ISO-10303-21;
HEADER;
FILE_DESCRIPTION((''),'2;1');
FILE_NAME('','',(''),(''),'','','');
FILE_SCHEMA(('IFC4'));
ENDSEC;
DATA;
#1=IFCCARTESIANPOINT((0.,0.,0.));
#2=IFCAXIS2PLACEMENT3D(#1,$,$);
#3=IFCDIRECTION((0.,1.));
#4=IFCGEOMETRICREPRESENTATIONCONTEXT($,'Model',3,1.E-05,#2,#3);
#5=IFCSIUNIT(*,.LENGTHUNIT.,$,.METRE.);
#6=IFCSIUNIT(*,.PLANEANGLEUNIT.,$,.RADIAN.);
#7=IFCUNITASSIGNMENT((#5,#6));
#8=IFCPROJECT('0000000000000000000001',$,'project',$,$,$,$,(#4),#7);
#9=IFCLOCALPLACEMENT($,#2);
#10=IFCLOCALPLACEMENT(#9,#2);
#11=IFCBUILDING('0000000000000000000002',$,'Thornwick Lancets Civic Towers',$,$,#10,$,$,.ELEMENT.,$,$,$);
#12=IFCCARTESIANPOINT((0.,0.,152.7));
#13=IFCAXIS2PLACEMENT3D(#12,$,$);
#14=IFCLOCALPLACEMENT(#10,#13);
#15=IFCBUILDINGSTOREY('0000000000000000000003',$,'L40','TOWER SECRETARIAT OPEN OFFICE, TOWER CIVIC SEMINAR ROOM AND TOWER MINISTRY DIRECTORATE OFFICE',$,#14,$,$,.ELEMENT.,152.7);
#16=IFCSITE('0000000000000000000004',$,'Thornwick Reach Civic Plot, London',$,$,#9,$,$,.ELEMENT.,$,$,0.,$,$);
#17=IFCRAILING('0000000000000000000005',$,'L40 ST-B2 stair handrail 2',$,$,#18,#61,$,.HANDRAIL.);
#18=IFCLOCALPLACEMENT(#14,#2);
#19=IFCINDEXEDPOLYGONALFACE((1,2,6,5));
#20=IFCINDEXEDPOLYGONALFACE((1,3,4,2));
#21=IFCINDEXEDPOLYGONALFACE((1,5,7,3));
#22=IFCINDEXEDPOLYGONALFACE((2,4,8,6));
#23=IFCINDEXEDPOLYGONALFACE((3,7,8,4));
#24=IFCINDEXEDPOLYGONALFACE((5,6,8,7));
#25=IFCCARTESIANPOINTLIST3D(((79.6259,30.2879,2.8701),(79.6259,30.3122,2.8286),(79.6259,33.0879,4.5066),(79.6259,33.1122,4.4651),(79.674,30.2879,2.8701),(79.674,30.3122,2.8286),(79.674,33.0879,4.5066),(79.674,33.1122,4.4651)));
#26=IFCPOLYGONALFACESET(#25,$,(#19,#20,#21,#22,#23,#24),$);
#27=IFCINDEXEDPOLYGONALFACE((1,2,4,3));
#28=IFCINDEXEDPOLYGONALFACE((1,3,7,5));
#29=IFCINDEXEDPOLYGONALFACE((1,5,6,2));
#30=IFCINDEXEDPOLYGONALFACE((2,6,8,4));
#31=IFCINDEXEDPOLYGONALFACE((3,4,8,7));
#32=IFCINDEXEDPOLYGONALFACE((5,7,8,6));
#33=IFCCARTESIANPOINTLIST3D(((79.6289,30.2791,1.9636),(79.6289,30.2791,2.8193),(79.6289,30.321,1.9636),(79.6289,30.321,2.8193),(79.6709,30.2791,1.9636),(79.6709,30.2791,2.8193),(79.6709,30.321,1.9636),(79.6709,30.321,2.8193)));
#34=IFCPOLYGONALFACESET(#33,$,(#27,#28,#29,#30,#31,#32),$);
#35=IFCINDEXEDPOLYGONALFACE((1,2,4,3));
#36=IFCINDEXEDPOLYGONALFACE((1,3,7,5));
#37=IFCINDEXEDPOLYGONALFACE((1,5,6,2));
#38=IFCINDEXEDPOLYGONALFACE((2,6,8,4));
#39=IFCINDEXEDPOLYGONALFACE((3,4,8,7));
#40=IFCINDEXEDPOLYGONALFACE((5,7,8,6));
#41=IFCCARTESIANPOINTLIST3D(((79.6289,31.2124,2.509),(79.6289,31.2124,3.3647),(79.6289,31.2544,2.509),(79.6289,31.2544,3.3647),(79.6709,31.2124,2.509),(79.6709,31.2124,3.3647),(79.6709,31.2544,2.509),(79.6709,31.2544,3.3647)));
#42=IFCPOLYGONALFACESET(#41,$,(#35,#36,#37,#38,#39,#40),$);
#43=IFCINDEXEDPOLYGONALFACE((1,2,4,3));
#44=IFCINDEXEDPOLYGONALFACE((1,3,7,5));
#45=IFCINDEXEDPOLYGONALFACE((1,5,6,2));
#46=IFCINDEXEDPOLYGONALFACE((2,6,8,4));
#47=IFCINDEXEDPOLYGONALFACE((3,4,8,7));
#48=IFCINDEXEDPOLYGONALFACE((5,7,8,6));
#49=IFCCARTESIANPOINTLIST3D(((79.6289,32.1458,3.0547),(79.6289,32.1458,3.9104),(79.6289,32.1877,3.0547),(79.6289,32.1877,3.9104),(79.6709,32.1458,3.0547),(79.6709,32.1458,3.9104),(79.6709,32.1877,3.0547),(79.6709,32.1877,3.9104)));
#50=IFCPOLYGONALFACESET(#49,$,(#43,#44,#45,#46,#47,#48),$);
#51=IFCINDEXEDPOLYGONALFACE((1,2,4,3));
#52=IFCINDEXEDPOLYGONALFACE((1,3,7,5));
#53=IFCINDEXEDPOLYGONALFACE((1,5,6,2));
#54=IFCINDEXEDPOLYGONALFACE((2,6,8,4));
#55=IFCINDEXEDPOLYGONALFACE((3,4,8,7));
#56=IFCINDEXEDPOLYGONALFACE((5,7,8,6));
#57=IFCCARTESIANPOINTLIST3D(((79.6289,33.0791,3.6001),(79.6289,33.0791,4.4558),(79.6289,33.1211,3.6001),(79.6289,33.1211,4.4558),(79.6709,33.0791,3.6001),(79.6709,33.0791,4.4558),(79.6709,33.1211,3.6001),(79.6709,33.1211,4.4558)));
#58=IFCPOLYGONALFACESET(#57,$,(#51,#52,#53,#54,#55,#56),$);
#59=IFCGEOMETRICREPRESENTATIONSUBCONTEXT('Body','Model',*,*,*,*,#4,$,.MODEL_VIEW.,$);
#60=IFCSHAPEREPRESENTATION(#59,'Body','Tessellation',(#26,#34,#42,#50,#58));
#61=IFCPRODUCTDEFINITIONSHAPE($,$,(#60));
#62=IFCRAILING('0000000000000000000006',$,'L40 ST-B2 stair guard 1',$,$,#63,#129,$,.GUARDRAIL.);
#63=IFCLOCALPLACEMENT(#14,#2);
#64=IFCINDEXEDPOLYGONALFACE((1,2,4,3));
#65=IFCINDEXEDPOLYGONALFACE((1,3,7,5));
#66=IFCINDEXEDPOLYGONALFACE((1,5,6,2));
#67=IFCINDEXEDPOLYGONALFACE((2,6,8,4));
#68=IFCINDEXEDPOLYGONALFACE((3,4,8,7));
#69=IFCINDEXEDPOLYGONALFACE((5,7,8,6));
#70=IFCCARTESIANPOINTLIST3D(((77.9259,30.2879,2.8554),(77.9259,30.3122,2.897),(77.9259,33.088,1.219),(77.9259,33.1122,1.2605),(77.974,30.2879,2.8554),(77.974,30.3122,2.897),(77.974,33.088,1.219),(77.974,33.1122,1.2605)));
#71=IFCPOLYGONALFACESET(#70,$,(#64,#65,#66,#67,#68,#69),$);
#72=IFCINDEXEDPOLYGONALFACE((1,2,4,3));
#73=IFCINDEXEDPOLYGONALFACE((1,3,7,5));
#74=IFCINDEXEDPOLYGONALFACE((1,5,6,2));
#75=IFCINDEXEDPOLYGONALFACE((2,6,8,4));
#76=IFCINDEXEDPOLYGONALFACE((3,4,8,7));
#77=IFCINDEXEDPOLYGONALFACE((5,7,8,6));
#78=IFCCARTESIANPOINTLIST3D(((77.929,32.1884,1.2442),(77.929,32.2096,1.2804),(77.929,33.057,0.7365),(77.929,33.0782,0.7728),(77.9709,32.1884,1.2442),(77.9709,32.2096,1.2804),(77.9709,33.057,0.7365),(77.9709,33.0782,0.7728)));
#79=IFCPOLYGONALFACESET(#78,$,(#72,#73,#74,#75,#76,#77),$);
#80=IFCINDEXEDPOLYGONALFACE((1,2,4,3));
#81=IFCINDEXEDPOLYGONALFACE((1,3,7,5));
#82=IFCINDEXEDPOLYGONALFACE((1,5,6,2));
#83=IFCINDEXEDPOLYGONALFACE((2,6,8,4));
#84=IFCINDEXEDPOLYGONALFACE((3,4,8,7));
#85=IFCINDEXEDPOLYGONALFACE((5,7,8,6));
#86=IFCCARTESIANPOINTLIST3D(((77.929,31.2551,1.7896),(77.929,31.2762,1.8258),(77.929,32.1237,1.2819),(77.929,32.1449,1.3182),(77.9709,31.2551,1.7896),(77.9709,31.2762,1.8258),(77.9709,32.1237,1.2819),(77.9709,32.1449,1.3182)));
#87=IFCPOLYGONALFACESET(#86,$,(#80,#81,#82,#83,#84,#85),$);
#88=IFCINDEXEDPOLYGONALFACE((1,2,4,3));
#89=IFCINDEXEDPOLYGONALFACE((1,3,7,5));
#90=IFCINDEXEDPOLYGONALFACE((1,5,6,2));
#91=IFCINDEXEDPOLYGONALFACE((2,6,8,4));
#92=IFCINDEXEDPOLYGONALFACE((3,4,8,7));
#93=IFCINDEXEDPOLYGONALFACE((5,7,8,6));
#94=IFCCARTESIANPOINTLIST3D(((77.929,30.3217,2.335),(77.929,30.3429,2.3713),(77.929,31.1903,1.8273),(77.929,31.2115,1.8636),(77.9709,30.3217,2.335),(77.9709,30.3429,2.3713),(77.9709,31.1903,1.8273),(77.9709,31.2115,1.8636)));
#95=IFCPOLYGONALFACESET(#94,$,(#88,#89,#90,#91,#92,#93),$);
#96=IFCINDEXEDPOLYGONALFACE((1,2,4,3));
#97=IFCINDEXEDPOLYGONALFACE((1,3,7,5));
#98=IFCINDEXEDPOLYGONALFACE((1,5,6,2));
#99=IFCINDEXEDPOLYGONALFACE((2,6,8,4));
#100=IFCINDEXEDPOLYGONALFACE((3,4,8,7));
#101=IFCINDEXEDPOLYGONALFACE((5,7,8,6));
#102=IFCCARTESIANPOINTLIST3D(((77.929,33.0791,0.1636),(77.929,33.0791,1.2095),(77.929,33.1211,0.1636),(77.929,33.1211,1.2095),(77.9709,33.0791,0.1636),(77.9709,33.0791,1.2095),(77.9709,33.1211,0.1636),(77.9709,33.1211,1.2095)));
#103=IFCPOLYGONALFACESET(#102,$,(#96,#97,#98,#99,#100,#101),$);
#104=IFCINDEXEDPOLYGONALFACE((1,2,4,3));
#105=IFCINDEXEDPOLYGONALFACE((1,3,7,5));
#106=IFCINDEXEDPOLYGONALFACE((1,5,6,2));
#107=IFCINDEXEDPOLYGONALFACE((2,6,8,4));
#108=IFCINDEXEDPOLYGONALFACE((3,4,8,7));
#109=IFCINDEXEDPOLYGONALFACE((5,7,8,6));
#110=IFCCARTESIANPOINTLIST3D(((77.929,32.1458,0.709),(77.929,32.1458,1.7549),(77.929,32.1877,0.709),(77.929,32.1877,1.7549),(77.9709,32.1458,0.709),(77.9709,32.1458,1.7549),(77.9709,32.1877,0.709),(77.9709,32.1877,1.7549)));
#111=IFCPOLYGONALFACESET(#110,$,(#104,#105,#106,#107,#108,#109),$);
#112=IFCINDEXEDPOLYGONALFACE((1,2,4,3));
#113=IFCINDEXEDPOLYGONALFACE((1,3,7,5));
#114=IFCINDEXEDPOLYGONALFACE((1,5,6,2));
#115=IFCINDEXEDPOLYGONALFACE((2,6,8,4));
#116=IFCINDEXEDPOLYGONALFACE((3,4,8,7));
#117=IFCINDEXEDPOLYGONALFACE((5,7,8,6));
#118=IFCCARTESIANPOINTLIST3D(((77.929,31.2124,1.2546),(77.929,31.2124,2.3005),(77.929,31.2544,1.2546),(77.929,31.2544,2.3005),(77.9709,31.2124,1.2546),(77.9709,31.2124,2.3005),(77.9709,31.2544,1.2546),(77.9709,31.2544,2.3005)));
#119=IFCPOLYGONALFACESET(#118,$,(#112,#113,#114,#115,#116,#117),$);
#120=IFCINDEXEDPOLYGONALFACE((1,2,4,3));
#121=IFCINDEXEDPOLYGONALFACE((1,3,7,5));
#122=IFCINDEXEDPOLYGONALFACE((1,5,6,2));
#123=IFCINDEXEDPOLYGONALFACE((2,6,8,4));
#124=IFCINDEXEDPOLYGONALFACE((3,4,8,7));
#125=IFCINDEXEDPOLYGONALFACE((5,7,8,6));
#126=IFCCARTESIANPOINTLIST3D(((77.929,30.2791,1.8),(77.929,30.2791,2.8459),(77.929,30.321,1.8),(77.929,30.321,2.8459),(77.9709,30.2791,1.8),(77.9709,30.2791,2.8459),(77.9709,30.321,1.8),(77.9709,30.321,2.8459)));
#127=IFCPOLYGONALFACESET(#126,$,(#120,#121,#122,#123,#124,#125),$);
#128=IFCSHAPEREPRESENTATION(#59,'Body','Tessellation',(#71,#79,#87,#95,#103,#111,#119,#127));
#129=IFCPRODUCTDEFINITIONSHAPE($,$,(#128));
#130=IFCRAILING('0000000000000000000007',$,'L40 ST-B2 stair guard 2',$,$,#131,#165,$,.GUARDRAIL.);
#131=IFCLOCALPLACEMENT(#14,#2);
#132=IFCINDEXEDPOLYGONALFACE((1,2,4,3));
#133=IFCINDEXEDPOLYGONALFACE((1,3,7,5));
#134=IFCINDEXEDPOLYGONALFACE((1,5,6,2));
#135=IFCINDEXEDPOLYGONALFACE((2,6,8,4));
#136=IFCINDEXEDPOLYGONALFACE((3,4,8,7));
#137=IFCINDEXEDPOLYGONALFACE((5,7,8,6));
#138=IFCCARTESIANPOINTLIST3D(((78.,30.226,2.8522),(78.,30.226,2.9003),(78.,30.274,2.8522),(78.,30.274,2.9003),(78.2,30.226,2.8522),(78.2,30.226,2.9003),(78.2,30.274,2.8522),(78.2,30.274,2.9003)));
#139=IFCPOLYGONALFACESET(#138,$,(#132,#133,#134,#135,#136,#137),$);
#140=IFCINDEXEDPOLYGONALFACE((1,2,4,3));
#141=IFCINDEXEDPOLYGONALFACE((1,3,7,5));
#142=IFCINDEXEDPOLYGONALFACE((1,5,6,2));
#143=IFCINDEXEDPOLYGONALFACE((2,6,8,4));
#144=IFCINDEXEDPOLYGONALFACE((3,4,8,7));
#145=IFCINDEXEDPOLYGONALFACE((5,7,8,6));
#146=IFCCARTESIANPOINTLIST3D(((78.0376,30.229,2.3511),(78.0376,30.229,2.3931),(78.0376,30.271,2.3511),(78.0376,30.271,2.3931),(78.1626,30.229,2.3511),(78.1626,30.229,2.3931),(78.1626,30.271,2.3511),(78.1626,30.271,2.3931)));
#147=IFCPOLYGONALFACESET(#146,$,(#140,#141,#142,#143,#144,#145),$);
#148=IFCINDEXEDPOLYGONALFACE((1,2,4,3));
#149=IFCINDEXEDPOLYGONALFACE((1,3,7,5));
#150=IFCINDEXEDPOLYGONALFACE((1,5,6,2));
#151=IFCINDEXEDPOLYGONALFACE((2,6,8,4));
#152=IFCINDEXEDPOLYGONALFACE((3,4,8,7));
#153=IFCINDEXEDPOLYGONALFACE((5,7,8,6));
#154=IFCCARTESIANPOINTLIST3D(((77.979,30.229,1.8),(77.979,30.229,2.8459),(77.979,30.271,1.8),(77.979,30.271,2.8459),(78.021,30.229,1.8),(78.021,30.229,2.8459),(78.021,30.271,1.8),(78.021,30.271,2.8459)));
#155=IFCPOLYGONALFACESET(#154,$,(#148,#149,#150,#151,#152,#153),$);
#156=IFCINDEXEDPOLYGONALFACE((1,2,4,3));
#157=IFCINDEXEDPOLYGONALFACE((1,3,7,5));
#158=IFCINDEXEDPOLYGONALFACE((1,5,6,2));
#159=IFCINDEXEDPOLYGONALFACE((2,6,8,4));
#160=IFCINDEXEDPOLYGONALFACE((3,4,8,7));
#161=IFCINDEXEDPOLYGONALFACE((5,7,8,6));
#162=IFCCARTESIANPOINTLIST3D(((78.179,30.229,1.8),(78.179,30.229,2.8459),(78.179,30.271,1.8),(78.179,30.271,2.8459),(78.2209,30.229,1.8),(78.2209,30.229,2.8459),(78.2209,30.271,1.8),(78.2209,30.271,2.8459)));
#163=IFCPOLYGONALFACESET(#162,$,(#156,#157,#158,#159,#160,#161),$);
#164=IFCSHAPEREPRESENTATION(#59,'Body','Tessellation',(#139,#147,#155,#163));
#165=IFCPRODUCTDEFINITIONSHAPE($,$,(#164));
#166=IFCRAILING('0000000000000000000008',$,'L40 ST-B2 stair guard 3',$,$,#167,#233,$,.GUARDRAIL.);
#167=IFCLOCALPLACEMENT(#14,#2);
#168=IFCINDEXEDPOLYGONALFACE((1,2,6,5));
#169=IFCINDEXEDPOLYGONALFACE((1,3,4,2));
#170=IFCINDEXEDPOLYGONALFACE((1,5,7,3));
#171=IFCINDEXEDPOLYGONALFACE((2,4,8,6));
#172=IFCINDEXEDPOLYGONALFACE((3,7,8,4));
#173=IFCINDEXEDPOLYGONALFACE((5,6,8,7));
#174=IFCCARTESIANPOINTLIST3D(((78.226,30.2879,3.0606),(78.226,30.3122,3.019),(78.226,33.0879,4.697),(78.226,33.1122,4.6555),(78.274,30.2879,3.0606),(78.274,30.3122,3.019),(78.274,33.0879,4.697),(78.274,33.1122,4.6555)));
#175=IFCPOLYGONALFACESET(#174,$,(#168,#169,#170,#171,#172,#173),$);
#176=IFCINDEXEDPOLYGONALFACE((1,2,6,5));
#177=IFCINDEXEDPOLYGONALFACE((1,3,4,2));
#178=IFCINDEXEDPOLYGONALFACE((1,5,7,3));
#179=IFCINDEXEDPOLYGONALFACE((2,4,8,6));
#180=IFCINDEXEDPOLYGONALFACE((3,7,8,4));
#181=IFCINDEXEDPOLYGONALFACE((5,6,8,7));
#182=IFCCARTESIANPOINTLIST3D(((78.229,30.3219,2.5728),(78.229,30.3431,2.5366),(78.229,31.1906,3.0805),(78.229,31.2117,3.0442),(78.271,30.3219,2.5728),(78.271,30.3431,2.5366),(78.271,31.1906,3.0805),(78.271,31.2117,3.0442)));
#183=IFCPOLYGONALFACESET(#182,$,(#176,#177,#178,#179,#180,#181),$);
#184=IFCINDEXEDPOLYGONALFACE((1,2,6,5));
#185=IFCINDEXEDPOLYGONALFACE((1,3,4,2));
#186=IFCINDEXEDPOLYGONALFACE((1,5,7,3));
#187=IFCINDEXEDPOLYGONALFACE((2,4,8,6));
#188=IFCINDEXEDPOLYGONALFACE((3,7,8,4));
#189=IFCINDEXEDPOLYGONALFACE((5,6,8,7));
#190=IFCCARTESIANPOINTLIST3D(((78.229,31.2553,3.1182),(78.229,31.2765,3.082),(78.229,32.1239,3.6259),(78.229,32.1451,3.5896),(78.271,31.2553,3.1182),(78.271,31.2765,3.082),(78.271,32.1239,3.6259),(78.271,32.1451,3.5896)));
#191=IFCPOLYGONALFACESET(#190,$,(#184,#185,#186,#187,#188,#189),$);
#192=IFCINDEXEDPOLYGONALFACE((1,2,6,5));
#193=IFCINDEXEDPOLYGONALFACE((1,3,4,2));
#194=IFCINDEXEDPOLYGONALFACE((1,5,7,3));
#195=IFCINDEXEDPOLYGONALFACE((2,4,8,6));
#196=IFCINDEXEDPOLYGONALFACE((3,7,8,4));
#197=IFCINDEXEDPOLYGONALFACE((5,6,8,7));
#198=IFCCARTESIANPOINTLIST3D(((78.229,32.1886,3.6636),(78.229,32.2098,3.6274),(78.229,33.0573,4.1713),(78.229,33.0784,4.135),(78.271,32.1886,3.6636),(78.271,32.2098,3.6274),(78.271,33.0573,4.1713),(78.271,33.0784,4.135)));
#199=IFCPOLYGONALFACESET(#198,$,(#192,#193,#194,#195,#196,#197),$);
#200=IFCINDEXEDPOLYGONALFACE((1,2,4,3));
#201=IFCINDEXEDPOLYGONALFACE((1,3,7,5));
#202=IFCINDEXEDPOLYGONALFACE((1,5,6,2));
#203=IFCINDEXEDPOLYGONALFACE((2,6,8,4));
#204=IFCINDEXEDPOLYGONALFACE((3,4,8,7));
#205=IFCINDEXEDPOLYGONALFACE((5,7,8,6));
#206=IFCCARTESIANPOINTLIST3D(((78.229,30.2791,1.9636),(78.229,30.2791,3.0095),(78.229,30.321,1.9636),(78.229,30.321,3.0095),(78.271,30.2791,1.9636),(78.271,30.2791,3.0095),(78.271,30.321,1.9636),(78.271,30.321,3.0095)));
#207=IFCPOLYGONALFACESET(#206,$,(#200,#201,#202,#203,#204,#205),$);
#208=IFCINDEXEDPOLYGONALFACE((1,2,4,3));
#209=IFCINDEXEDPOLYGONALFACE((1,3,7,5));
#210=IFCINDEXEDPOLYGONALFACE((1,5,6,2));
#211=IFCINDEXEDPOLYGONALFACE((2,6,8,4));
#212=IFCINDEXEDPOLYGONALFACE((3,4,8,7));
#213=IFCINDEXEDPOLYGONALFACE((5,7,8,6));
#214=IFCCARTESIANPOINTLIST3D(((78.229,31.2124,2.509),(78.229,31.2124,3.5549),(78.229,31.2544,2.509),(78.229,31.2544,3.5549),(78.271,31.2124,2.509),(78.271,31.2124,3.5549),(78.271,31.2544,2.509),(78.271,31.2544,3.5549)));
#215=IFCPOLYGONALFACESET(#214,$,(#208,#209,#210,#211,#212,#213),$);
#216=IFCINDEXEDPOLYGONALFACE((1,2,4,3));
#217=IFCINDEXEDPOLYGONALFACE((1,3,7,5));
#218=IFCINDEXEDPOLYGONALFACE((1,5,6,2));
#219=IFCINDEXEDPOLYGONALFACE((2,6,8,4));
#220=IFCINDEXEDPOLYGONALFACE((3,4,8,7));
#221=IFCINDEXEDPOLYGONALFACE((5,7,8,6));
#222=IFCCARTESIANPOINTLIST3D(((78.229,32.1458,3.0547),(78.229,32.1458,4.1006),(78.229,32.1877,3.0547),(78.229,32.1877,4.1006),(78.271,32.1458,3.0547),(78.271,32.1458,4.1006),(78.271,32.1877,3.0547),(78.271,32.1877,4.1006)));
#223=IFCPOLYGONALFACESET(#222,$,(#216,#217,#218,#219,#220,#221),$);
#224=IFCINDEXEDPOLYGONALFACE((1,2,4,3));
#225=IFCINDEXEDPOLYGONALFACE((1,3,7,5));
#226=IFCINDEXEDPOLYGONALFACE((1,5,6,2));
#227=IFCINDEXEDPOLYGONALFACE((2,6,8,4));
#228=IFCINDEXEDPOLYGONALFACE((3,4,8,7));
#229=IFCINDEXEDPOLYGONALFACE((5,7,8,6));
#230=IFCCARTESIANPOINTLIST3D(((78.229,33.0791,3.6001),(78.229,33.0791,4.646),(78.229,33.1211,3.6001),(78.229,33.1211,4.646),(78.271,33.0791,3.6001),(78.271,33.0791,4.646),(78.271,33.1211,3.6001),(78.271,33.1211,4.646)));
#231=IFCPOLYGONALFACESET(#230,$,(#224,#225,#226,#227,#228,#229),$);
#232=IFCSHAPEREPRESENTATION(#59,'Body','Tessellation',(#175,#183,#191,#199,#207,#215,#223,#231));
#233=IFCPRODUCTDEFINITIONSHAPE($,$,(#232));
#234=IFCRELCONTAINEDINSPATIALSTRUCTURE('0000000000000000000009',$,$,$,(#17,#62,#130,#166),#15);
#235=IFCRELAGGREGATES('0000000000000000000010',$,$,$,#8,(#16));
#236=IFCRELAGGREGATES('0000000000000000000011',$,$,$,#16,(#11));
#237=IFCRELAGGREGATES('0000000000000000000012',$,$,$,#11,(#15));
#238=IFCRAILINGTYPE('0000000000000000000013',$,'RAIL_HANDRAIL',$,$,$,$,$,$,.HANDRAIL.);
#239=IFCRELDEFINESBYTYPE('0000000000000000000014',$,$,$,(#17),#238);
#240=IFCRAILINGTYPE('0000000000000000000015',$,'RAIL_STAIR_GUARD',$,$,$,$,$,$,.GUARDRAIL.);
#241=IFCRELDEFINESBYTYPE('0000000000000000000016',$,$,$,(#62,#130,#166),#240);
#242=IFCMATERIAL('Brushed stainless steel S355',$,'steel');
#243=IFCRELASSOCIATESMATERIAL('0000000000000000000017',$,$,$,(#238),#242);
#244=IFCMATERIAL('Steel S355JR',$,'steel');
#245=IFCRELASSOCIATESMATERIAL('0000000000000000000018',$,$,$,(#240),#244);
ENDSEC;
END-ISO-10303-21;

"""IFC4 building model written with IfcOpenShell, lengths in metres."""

from ifc_helpers import new_model, si_unit, direction, frame, origin, origin_2d, place, context, subcontext, project, spatial, rectangle, extrude, material, type_object, element, save


model = new_model("IFC4")

# Units and contexts
model_context = context("Model", 3, precision=1e-05, world=origin(), true_north=direction((0.0, 1.0)))
body_context = subcontext(model_context, "Body", "Model", "MODEL_VIEW")
ifc_project = project(units=[si_unit("LENGTHUNIT", "METRE"), si_unit("PLANEANGLEUNIT", "RADIAN")], contexts=[model_context])

# Site, building, storey
site_placement = place(None, origin())
site = spatial("IfcSite", under=ifc_project, at=site_placement, Name="Thornwick Reach Civic Plot, London", CompositionType="ELEMENT", RefElevation=0.0)
building_placement = place(site_placement, origin())
building = spatial("IfcBuilding", under=site, at=building_placement, Name="Thornwick Lancets Civic Towers", CompositionType="ELEMENT")
storey_placement = place(building_placement, frame((0.0, 0.0, 152.7)))
storey = spatial("IfcBuildingStorey", under=building, at=storey_placement, Name="L40", Description="TOWER SECRETARIAT OPEN OFFICE, TOWER CIVIC SEMINAR ROOM AND TOWER MINISTRY DIRECTORATE OFFICE", CompositionType="ELEMENT", Elevation=152.7)

# Shared definitions
ifc_material_1 = material(Name="Steel S355JR", Category="steel")

# Railings
ifc_material_2 = material(Name="Brushed stainless steel S355", Category="steel")
railing_type_1 = type_object("IfcRailingType", Name="RAIL_HANDRAIL", PredefinedType="HANDRAIL", material=ifc_material_2)
railing_1_placement = place(storey_placement, frame((79.6499, 30.3, 1.9636)))
element("IfcRailing", 1, at=railing_1_placement, inside=storey, type_object=railing_type_1, Name="L40 ST-B2 stair handrail 2", PredefinedType="HANDRAIL", context=body_context, shape_type="SweptSolid", body=[
    extrude(rectangle(XDim=0.0481, YDim=0.0481, at=origin_2d()), frame((0.0, 0.0, 0.8857), z_axis=(0.0, 0.863361, 0.504587), x_axis=(-1.0, 0.0, 0.0)), (0.0, 0.0, 1.0), 3.2432),
    extrude(rectangle(XDim=0.042, YDim=0.042, at=origin_2d()), origin(), (0.0, 0.0, 1.0), 0.8557),
    extrude(rectangle(XDim=0.042, YDim=0.042, at=origin_2d()), frame((0.0, 0.9333, 0.5454)), (0.0, 0.0, 1.0), 0.8557),
    extrude(rectangle(XDim=0.042, YDim=0.042, at=origin_2d()), frame((0.0, 1.8667, 1.0911)), (0.0, 0.0, 1.0), 0.8557),
    extrude(rectangle(XDim=0.042, YDim=0.042, at=origin_2d()), frame((0.0, 2.8, 1.6365)), (0.0, 0.0, 1.0), 0.8557),
])
railing_type_2 = type_object("IfcRailingType", Name="RAIL_STAIR_GUARD", PredefinedType="GUARDRAIL", material=ifc_material_1)
railing_2_placement = place(storey_placement, frame((77.95, 33.1001, 0.1636)))
element("IfcRailing", 2, at=railing_2_placement, inside=storey, type_object=railing_type_2, Name="L40 ST-B2 stair guard 1", PredefinedType="GUARDRAIL", context=body_context, shape_type="SweptSolid", body=[
    extrude(rectangle(XDim=0.0481, YDim=0.0481, at=origin_2d()), frame((0.0, 0.0, 1.0762), z_axis=(0.0, -0.863361, 0.504587), x_axis=(1.0, 0.0, 0.0)), (0.0, 0.0, 1.0), 3.2432),
    extrude(rectangle(XDim=0.042, YDim=0.042, at=origin_2d()), frame((0.0, -0.0325, 0.5911), z_axis=(0.0, -0.863361, 0.504587), x_axis=(1.0, 0.0, 0.0)), (0.0, 0.0, 1.0), 1.0061),
    extrude(rectangle(XDim=0.042, YDim=0.042, at=origin_2d()), frame((0.0, -0.9658, 1.1365), z_axis=(0.0, -0.863361, 0.504587), x_axis=(1.0, 0.0, 0.0)), (0.0, 0.0, 1.0), 1.0061),
    extrude(rectangle(XDim=0.042, YDim=0.042, at=origin_2d()), frame((0.0, -1.8992, 1.6819), z_axis=(0.0, -0.863361, 0.504587), x_axis=(1.0, 0.0, 0.0)), (0.0, 0.0, 1.0), 1.0061),
    extrude(rectangle(XDim=0.042, YDim=0.042, at=origin_2d()), origin(), (0.0, 0.0, 1.0), 1.0459),
    extrude(rectangle(XDim=0.042, YDim=0.042, at=origin_2d()), frame((0.0, -0.9333, 0.5454)), (0.0, 0.0, 1.0), 1.0459),
    extrude(rectangle(XDim=0.042, YDim=0.042, at=origin_2d()), frame((0.0, -1.8667, 1.0911)), (0.0, 0.0, 1.0), 1.0459),
    extrude(rectangle(XDim=0.042, YDim=0.042, at=origin_2d()), frame((0.0, -2.8, 1.6365)), (0.0, 0.0, 1.0), 1.0459),
])
railing_3_placement = place(storey_placement, frame((78.0, 30.25, 1.8)))
element("IfcRailing", 3, at=railing_3_placement, inside=storey, type_object=railing_type_2, Name="L40 ST-B2 stair guard 2", PredefinedType="GUARDRAIL", context=body_context, shape_type="SweptSolid", body=[
    extrude(rectangle(XDim=0.0481, YDim=0.0481, at=origin_2d()), frame((0.0, 0.0, 1.0762), z_axis=(1.0, 0.0, 0.0), x_axis=(0.0, 1.0, 0.0)), (0.0, 0.0, 1.0), 0.2),
    extrude(rectangle(XDim=0.042, YDim=0.042, at=origin_2d()), frame((0.0376, 0.0, 0.572), z_axis=(1.0, 0.0, 0.0), x_axis=(0.0, 1.0, 0.0)), (0.0, 0.0, 1.0), 0.125),
    extrude(rectangle(XDim=0.042, YDim=0.042, at=origin_2d()), origin(), (0.0, 0.0, 1.0), 1.0459),
    extrude(rectangle(XDim=0.042, YDim=0.042, at=origin_2d()), frame((0.2, 0.0, 0.0)), (0.0, 0.0, 1.0), 1.0459),
])
railing_4_placement = place(storey_placement, frame((78.25, 30.3, 1.9636)))
element("IfcRailing", 4, at=railing_4_placement, inside=storey, type_object=railing_type_2, Name="L40 ST-B2 stair guard 3", PredefinedType="GUARDRAIL", context=body_context, shape_type="SweptSolid", body=[
    extrude(rectangle(XDim=0.0481, YDim=0.0481, at=origin_2d()), frame((0.0, 0.0, 1.0762), z_axis=(0.0, 0.863361, 0.504587), x_axis=(-1.0, 0.0, 0.0)), (0.0, 0.0, 1.0), 3.2432),
    extrude(rectangle(XDim=0.042, YDim=0.042, at=origin_2d()), frame((0.0, 0.0325, 0.5911), z_axis=(0.0, 0.863361, 0.504587), x_axis=(-1.0, 0.0, 0.0)), (0.0, 0.0, 1.0), 1.0061),
    extrude(rectangle(XDim=0.042, YDim=0.042, at=origin_2d()), frame((0.0, 0.9658, 1.1365), z_axis=(0.0, 0.863361, 0.504587), x_axis=(-1.0, 0.0, 0.0)), (0.0, 0.0, 1.0), 1.0061),
    extrude(rectangle(XDim=0.042, YDim=0.042, at=origin_2d()), frame((0.0, 1.8992, 1.6819), z_axis=(0.0, 0.863361, 0.504587), x_axis=(-1.0, 0.0, 0.0)), (0.0, 0.0, 1.0), 1.0061),
    extrude(rectangle(XDim=0.042, YDim=0.042, at=origin_2d()), origin(), (0.0, 0.0, 1.0), 1.0459),
    extrude(rectangle(XDim=0.042, YDim=0.042, at=origin_2d()), frame((0.0, 0.9333, 0.5454)), (0.0, 0.0, 1.0), 1.0459),
    extrude(rectangle(XDim=0.042, YDim=0.042, at=origin_2d()), frame((0.0, 1.8667, 1.0911)), (0.0, 0.0, 1.0), 1.0459),
    extrude(rectangle(XDim=0.042, YDim=0.042, at=origin_2d()), frame((0.0, 2.8, 1.6365)), (0.0, 0.0, 1.0), 1.0459),
])

save(model, "model.ifc")
